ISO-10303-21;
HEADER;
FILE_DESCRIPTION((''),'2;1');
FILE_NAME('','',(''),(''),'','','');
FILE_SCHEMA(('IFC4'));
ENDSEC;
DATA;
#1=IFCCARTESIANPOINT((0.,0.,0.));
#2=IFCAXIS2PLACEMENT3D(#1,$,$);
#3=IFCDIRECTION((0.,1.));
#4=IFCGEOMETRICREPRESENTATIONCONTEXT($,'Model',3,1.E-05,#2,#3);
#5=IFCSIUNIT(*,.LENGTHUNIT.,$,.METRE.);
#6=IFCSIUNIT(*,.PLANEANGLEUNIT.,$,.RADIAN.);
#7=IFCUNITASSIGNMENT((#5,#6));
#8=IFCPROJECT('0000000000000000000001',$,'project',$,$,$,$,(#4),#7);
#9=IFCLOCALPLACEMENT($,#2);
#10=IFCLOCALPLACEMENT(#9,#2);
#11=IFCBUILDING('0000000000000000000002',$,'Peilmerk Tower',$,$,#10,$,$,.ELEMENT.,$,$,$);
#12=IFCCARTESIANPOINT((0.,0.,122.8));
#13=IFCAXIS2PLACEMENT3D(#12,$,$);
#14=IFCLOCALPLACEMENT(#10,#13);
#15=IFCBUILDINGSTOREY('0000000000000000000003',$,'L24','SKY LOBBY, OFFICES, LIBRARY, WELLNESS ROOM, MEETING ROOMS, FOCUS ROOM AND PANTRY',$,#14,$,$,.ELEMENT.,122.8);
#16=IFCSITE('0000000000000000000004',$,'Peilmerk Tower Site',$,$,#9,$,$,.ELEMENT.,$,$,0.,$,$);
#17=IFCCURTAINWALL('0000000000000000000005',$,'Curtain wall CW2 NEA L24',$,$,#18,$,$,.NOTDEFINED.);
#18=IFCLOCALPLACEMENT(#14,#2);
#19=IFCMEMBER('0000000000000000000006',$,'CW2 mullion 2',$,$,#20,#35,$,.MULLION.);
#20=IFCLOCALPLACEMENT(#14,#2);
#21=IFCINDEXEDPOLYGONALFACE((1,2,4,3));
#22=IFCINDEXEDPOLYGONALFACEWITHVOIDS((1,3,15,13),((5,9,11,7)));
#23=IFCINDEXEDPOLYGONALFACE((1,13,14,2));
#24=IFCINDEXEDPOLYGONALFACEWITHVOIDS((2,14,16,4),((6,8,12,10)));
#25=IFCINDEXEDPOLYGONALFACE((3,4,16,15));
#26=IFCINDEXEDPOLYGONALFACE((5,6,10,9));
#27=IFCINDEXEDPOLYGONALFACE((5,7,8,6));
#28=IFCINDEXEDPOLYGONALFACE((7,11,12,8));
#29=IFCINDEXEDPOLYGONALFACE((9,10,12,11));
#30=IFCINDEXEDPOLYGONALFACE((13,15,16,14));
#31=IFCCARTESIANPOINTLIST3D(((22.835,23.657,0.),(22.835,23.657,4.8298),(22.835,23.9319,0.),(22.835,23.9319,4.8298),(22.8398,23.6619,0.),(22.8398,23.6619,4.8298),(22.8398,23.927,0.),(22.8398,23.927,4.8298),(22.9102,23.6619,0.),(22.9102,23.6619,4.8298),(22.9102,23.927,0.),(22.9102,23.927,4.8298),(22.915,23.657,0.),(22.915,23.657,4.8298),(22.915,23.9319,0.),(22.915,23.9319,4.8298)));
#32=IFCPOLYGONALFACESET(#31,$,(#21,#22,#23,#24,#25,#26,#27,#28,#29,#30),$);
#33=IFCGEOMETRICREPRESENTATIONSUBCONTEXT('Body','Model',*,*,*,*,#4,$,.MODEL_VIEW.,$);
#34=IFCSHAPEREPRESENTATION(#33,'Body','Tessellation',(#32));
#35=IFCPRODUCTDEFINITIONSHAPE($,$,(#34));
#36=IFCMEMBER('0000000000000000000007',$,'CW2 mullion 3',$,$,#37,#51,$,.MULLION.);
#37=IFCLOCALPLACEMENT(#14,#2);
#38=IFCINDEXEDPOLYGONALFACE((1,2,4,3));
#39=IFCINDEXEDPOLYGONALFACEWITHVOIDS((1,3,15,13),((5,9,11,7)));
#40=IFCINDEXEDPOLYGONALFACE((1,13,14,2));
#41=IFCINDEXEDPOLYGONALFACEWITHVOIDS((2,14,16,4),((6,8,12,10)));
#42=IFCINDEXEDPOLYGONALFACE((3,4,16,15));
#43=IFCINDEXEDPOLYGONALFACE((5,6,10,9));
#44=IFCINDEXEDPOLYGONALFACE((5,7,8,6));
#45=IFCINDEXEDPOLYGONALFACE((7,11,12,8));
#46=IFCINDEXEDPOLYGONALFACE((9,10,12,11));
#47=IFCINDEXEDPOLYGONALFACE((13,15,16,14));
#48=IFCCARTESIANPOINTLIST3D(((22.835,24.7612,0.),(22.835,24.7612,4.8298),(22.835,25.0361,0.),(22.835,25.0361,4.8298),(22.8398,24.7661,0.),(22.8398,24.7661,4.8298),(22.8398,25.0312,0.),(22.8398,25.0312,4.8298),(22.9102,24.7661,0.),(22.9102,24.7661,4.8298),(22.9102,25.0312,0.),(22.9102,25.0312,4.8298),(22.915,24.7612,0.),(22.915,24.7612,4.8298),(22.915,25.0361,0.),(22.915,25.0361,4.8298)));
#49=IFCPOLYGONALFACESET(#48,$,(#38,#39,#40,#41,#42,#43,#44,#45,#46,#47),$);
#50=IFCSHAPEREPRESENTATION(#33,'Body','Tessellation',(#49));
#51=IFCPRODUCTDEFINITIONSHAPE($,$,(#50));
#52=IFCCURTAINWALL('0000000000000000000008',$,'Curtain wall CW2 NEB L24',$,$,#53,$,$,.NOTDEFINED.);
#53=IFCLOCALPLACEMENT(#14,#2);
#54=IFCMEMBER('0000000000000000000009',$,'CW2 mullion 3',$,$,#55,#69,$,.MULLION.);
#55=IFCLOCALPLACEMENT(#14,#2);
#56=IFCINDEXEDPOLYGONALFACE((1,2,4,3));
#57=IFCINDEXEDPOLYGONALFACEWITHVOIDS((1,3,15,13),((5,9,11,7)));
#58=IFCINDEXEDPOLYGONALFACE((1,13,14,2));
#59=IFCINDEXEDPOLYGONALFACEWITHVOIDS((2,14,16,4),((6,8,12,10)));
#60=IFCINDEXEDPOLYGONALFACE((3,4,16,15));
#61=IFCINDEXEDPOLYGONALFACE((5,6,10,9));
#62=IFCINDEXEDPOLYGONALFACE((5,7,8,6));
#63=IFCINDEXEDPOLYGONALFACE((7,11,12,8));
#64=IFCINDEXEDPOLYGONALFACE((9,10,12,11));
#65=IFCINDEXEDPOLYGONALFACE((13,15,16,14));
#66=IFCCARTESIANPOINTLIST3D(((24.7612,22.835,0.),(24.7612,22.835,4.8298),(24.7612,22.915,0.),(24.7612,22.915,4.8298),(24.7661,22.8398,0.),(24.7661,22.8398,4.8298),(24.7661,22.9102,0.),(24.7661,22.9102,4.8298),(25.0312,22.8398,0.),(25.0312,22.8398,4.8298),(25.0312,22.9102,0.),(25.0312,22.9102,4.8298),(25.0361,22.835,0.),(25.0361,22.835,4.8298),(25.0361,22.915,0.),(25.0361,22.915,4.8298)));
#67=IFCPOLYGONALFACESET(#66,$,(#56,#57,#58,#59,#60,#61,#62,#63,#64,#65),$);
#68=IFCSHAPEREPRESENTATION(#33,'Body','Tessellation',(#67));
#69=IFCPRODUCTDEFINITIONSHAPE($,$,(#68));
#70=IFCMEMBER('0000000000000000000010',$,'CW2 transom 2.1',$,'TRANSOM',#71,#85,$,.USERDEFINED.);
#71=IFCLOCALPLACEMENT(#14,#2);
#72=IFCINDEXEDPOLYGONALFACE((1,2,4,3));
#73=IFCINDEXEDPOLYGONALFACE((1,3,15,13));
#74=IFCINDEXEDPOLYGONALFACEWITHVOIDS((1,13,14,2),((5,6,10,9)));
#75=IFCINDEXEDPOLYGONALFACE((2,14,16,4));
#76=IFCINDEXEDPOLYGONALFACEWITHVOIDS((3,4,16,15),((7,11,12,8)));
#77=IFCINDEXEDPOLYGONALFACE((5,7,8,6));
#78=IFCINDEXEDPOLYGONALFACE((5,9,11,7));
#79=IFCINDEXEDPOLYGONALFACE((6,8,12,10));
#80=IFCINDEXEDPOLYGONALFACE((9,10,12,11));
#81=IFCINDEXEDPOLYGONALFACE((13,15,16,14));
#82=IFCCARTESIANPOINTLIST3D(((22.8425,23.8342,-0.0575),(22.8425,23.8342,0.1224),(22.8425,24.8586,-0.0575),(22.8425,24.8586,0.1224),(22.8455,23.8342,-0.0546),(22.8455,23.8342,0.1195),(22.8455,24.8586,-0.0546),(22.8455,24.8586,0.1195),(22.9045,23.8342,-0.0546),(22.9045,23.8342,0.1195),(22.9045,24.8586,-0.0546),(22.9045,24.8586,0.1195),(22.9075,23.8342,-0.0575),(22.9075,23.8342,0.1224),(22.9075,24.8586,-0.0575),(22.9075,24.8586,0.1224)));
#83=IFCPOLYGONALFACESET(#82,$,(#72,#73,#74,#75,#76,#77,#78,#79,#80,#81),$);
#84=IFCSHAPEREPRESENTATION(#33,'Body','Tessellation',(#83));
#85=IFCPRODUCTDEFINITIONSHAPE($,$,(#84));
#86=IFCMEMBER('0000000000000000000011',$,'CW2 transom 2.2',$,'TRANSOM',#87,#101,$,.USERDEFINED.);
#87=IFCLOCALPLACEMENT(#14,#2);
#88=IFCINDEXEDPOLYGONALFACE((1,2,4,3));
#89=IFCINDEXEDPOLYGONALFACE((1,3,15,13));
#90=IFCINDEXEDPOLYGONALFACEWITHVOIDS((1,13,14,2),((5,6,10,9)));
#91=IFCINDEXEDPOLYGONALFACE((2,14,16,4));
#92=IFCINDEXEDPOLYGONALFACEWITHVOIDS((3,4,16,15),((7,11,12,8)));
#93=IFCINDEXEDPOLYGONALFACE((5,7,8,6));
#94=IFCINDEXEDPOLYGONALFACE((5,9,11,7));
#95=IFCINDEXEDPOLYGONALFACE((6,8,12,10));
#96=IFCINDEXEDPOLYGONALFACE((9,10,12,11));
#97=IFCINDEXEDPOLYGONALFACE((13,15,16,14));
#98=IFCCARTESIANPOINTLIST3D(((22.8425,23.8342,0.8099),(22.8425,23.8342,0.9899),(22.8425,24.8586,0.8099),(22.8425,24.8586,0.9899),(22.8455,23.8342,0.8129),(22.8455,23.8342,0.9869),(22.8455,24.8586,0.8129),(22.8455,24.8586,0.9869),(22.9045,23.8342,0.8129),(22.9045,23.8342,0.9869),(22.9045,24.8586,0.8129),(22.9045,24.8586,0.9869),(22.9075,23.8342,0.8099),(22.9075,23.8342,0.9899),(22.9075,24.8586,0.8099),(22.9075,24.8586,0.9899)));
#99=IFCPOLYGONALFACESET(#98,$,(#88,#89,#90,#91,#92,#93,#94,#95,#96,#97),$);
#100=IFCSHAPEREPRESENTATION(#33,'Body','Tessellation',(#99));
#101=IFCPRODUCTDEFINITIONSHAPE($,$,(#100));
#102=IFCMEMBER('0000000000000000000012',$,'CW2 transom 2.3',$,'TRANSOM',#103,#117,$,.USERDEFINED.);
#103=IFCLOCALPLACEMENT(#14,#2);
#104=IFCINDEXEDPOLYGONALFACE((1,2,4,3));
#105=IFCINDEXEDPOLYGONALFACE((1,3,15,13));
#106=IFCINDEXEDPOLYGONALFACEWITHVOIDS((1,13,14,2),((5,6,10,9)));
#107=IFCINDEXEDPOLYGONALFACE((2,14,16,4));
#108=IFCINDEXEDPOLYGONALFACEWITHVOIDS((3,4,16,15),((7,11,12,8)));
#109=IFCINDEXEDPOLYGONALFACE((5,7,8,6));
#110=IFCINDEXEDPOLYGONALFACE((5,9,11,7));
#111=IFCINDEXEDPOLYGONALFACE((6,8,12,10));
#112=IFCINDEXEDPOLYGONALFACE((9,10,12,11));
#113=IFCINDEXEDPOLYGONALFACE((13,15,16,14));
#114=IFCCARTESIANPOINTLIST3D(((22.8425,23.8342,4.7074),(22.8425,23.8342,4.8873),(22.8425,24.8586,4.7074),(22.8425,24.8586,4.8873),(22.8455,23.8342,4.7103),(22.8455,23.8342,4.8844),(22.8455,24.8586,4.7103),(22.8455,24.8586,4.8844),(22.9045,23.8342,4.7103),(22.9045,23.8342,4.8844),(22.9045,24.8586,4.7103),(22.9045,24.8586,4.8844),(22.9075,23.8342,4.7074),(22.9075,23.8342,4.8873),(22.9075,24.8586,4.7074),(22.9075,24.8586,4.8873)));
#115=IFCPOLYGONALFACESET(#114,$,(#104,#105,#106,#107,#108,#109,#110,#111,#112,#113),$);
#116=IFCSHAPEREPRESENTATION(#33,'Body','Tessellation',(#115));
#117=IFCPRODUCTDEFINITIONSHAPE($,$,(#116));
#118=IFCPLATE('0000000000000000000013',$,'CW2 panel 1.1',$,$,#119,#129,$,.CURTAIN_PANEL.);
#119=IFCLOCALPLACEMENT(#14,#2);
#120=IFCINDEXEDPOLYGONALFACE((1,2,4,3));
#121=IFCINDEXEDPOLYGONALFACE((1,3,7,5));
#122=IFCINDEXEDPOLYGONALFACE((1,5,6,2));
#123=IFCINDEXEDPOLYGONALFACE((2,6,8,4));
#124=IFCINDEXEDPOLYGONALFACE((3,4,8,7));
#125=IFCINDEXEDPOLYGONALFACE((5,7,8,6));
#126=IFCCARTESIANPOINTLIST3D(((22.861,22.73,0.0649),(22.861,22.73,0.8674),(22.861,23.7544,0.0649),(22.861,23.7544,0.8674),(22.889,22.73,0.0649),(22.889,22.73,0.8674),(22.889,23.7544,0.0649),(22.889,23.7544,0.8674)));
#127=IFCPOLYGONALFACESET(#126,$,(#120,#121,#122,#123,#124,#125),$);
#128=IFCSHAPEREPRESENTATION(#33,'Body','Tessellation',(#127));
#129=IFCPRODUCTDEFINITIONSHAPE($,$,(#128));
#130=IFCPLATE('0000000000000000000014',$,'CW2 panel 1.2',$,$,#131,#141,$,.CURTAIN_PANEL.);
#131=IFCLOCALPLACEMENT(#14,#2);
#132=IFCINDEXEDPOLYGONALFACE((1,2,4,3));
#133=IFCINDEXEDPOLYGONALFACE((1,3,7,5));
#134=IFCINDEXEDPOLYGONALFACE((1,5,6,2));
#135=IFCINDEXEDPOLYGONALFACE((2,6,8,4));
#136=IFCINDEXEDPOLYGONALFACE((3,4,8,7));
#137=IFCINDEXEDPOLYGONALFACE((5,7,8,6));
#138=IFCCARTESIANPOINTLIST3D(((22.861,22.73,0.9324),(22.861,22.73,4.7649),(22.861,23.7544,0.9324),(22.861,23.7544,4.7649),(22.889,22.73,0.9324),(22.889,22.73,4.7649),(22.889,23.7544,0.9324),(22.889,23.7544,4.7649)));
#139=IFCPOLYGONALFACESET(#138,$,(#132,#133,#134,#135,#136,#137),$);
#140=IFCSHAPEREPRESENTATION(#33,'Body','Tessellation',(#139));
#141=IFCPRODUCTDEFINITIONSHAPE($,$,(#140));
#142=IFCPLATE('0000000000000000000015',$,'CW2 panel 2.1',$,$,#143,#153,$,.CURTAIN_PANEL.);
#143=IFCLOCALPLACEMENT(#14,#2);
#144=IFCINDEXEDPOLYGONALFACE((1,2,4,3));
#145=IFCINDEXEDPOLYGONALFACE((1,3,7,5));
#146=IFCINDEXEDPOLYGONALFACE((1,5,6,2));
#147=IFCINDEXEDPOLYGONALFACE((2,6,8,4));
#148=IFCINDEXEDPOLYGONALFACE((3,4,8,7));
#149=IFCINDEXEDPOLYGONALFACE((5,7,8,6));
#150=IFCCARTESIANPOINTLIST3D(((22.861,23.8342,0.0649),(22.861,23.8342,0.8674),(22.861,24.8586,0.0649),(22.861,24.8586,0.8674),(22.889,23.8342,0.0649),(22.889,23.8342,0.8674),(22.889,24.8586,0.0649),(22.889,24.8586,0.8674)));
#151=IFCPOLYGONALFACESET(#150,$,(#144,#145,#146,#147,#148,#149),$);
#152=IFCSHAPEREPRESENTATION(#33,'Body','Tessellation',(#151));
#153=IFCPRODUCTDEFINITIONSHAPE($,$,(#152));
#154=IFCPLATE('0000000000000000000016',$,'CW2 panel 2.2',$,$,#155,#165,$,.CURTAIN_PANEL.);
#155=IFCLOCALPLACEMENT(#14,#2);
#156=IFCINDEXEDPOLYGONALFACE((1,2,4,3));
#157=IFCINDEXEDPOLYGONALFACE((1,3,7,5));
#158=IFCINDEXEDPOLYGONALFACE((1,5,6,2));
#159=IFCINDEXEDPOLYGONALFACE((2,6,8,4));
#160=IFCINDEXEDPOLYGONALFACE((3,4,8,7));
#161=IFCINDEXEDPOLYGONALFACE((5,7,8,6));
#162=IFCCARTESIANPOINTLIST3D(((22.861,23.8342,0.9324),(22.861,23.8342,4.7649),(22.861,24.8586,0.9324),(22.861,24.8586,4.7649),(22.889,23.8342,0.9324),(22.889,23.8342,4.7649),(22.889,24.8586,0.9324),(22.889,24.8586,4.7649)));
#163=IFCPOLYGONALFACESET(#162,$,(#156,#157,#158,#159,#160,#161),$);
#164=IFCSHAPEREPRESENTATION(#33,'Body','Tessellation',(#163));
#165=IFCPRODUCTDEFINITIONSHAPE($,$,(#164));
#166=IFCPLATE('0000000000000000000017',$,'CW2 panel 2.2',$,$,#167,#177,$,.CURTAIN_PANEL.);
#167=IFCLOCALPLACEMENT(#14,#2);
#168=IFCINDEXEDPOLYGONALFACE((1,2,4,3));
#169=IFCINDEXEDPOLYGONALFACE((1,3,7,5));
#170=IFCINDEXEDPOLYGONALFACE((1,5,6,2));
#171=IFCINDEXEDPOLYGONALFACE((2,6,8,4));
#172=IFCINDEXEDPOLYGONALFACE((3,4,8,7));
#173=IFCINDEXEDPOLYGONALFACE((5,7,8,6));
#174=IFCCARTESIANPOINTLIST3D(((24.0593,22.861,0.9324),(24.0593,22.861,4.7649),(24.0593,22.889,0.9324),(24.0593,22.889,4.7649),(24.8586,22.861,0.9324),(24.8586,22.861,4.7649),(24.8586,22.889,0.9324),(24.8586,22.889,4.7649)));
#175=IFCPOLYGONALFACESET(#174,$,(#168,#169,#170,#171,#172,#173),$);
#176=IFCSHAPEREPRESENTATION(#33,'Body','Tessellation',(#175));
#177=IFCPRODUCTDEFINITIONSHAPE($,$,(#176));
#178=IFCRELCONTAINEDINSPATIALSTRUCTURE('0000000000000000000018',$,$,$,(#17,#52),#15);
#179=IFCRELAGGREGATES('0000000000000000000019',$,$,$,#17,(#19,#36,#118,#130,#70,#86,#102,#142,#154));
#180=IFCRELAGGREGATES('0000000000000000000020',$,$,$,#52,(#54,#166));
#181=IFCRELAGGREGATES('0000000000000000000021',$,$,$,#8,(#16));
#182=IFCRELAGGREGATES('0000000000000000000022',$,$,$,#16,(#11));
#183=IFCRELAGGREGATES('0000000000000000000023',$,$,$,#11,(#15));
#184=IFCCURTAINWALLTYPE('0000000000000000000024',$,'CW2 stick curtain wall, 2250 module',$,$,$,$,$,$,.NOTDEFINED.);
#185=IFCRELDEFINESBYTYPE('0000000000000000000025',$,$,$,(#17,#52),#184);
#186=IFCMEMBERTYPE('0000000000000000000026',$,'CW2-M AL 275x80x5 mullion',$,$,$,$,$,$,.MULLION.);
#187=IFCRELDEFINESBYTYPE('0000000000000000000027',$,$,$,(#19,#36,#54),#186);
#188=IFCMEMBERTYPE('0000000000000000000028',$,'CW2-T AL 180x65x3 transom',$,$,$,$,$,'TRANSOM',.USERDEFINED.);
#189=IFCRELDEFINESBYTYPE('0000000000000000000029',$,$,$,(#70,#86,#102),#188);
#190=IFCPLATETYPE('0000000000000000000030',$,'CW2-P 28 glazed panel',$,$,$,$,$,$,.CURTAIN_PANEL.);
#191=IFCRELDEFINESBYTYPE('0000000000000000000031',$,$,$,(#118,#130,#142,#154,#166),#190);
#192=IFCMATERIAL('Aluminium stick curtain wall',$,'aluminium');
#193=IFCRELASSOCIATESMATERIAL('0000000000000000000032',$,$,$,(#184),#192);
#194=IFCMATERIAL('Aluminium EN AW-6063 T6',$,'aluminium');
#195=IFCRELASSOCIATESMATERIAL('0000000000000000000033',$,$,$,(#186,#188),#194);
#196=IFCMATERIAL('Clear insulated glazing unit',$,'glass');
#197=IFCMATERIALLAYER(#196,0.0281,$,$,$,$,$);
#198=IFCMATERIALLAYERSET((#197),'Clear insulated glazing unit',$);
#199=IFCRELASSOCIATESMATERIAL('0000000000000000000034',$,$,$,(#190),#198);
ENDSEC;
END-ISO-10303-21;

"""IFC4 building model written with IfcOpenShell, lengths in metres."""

from ifc_helpers import new_model, si_unit, direction, frame, origin, origin_2d, place, context, subcontext, project, spatial, rectangle, hollow_rectangle, extrude, material, layer, layer_set, material_profile, profile_set, type_object, element, aggregate, save


model = new_model("IFC4")

# Units and contexts
model_context = context("Model", 3, precision=1e-05, world=origin(), true_north=direction((0.0, 1.0)))
body_context = subcontext(model_context, "Body", "Model", "MODEL_VIEW")
ifc_project = project(units=[si_unit("LENGTHUNIT", "METRE"), si_unit("PLANEANGLEUNIT", "RADIAN")], contexts=[model_context])

# Site, building, storey
site_placement = place(None, origin())
site = spatial("IfcSite", under=ifc_project, at=site_placement, Name="Peilmerk Tower Site", CompositionType="ELEMENT", RefElevation=0.0)
building_placement = place(site_placement, origin())
building = spatial("IfcBuilding", under=site, at=building_placement, Name="Peilmerk Tower", CompositionType="ELEMENT")
storey_placement = place(building_placement, frame((0.0, 0.0, 122.8)))
storey = spatial("IfcBuildingStorey", under=building, at=storey_placement, Name="L24", Description="SKY LOBBY, OFFICES, LIBRARY, WELLNESS ROOM, MEETING ROOMS, FOCUS ROOM AND PANTRY", CompositionType="ELEMENT", Elevation=122.8)

# Curtain wall, members
ifc_material_1 = material(Name="Aluminium stick curtain wall", Category="aluminium")
curtain_wall_type = type_object("IfcCurtainWallType", Name="CW2 stick curtain wall, 2250 module", PredefinedType="NOTDEFINED", material=ifc_material_1)
curtain_wall_1_placement = place(storey_placement, origin())
curtain_wall_1 = element("IfcCurtainWall", 1, at=curtain_wall_1_placement, inside=storey, type_object=curtain_wall_type, Name="Curtain wall CW2 NEA L24", PredefinedType="NOTDEFINED")
ifc_material_2 = material(Name="Aluminium EN AW-6063 T6", Category="aluminium")
ifc_material_profile_1 = material_profile(ifc_material_2, hollow_rectangle(XDim=0.0801, YDim=0.2749, WallThickness=0.0049, at=origin_2d()), Name="AL 275x80x5")
ifc_profile_set_1 = profile_set([ifc_material_profile_1], Name="Aluminium EN AW-6063 T6")
member_type_1 = type_object("IfcMemberType", Name="CW2-M AL 275x80x5 mullion", PredefinedType="MULLION", material=ifc_profile_set_1)
member_1_placement = place(storey_placement, frame((22.875, 23.7944, 0.0), z_axis=(0.0, 0.0, 1.0), x_axis=(-1.0, 0.0, 0.0)))
member_1 = element("IfcMember", 2, at=member_1_placement, type_object=member_type_1, Name="CW2 mullion 2", PredefinedType="MULLION", context=body_context, shape_type="SweptSolid", body=[
    extrude(hollow_rectangle(XDim=0.0801, YDim=0.2749, WallThickness=0.0049, at=origin_2d()), origin(), (0.0, 0.0, 1.0), 4.8298),
])
member_2_placement = place(storey_placement, frame((22.875, 24.8987, 0.0), z_axis=(0.0, 0.0, 1.0), x_axis=(-1.0, 0.0, 0.0)))
member_2 = element("IfcMember", 3, at=member_2_placement, type_object=member_type_1, Name="CW2 mullion 3", PredefinedType="MULLION", context=body_context, shape_type="SweptSolid", body=[
    extrude(hollow_rectangle(XDim=0.0801, YDim=0.2749, WallThickness=0.0049, at=origin_2d()), origin(), (0.0, 0.0, 1.0), 4.8298),
])

# Curtain wall, member
curtain_wall_2_placement = place(storey_placement, origin())
curtain_wall_2 = element("IfcCurtainWall", 4, at=curtain_wall_2_placement, inside=storey, type_object=curtain_wall_type, Name="Curtain wall CW2 NEB L24", PredefinedType="NOTDEFINED")
member_3_placement = place(storey_placement, frame((24.8987, 22.875, 0.0), z_axis=(0.0, 0.0, 1.0), x_axis=(0.0, 1.0, 0.0)))
member_3 = element("IfcMember", 5, at=member_3_placement, type_object=member_type_1, Name="CW2 mullion 3", PredefinedType="MULLION", context=body_context, shape_type="SweptSolid", body=[
    extrude(hollow_rectangle(XDim=0.0801, YDim=0.2749, WallThickness=0.0049, at=origin_2d()), origin(), (0.0, 0.0, 1.0), 4.8298),
])

# Members
ifc_material_profile_2 = material_profile(ifc_material_2, hollow_rectangle(XDim=0.0649, YDim=0.1799, WallThickness=0.0029, at=origin_2d()), Name="AL 180x65x3")
ifc_profile_set_2 = profile_set([ifc_material_profile_2], Name="Aluminium EN AW-6063 T6")
member_type_2 = type_object("IfcMemberType", Name="CW2-T AL 180x65x3 transom", ElementType="TRANSOM", PredefinedType="USERDEFINED", material=ifc_profile_set_2)
member_4_placement = place(storey_placement, frame((22.875, 23.8342, 0.0325), z_axis=(0.0, 1.0, 0.0), x_axis=(-1.0, 0.0, 0.0)))
member_4 = element("IfcMember", 6, at=member_4_placement, type_object=member_type_2, Name="CW2 transom 2.1", ObjectType="TRANSOM", PredefinedType="USERDEFINED", context=body_context, shape_type="SweptSolid", body=[
    extrude(hollow_rectangle(XDim=0.0649, YDim=0.1799, WallThickness=0.0029, at=origin_2d()), origin(), (0.0, 0.0, 1.0), 1.0244),
])
member_5_placement = place(storey_placement, frame((22.875, 23.8342, 0.8999), z_axis=(0.0, 1.0, 0.0), x_axis=(-1.0, 0.0, 0.0)))
member_5 = element("IfcMember", 7, at=member_5_placement, type_object=member_type_2, Name="CW2 transom 2.2", ObjectType="TRANSOM", PredefinedType="USERDEFINED", context=body_context, shape_type="SweptSolid", body=[
    extrude(hollow_rectangle(XDim=0.0649, YDim=0.1799, WallThickness=0.0029, at=origin_2d()), origin(), (0.0, 0.0, 1.0), 1.0244),
])
member_6_placement = place(storey_placement, frame((22.875, 23.8342, 4.7974), z_axis=(0.0, 1.0, 0.0), x_axis=(-1.0, 0.0, 0.0)))
member_6 = element("IfcMember", 8, at=member_6_placement, type_object=member_type_2, Name="CW2 transom 2.3", ObjectType="TRANSOM", PredefinedType="USERDEFINED", context=body_context, shape_type="SweptSolid", body=[
    extrude(hollow_rectangle(XDim=0.0649, YDim=0.1799, WallThickness=0.0029, at=origin_2d()), origin(), (0.0, 0.0, 1.0), 1.0244),
])

# Plates
ifc_material_3 = material(Name="Clear insulated glazing unit", Category="glass")
ifc_layer_1 = layer(ifc_material_3, 0.0281)
ifc_layer_set_1 = layer_set([ifc_layer_1], Name="Clear insulated glazing unit")
plate_type = type_object("IfcPlateType", Name="CW2-P 28 glazed panel", PredefinedType="CURTAIN_PANEL", material=ifc_layer_set_1)
plate_1_placement = place(storey_placement, frame((22.875, 23.2422, 0.0649), z_axis=(0.0, 0.0, 1.0), x_axis=(0.0, 1.0, 0.0)))
plate_1 = element("IfcPlate", 9, at=plate_1_placement, type_object=plate_type, Name="CW2 panel 1.1", PredefinedType="CURTAIN_PANEL", context=body_context, shape_type="SweptSolid", body=[
    extrude(rectangle(XDim=1.0244, YDim=0.0281, at=origin_2d()), origin(), (0.0, 0.0, 1.0), 0.8025),
])
plate_2_placement = place(storey_placement, frame((22.875, 23.2422, 0.9324), z_axis=(0.0, 0.0, 1.0), x_axis=(0.0, 1.0, 0.0)))
plate_2 = element("IfcPlate", 10, at=plate_2_placement, type_object=plate_type, Name="CW2 panel 1.2", PredefinedType="CURTAIN_PANEL", context=body_context, shape_type="SweptSolid", body=[
    extrude(rectangle(XDim=1.0244, YDim=0.0281, at=origin_2d()), origin(), (0.0, 0.0, 1.0), 3.8325),
])
plate_3_placement = place(storey_placement, frame((22.875, 24.3464, 0.0649), z_axis=(0.0, 0.0, 1.0), x_axis=(0.0, 1.0, 0.0)))
plate_3 = element("IfcPlate", 11, at=plate_3_placement, type_object=plate_type, Name="CW2 panel 2.1", PredefinedType="CURTAIN_PANEL", context=body_context, shape_type="SweptSolid", body=[
    extrude(rectangle(XDim=1.0244, YDim=0.0281, at=origin_2d()), origin(), (0.0, 0.0, 1.0), 0.8025),
])
plate_4_placement = place(storey_placement, frame((22.875, 24.3464, 0.9324), z_axis=(0.0, 0.0, 1.0), x_axis=(0.0, 1.0, 0.0)))
plate_4 = element("IfcPlate", 12, at=plate_4_placement, type_object=plate_type, Name="CW2 panel 2.2", PredefinedType="CURTAIN_PANEL", context=body_context, shape_type="SweptSolid", body=[
    extrude(rectangle(XDim=1.0244, YDim=0.0281, at=origin_2d()), origin(), (0.0, 0.0, 1.0), 3.8325),
])
aggregate(curtain_wall_1, [member_1, member_2, plate_1, plate_2, member_4, member_5, member_6, plate_3, plate_4])
plate_5_placement = place(storey_placement, frame((24.459, 22.875, 0.9324), z_axis=(0.0, 0.0, 1.0), x_axis=(1.0, 0.0, 0.0)))
plate_5 = element("IfcPlate", 13, at=plate_5_placement, type_object=plate_type, Name="CW2 panel 2.2", PredefinedType="CURTAIN_PANEL", context=body_context, shape_type="SweptSolid", body=[
    extrude(rectangle(XDim=0.7993, YDim=0.0281, at=origin_2d()), origin(), (0.0, 0.0, 1.0), 3.8325),
])
aggregate(curtain_wall_2, [member_3, plate_5])

save(model, "model.ifc")
